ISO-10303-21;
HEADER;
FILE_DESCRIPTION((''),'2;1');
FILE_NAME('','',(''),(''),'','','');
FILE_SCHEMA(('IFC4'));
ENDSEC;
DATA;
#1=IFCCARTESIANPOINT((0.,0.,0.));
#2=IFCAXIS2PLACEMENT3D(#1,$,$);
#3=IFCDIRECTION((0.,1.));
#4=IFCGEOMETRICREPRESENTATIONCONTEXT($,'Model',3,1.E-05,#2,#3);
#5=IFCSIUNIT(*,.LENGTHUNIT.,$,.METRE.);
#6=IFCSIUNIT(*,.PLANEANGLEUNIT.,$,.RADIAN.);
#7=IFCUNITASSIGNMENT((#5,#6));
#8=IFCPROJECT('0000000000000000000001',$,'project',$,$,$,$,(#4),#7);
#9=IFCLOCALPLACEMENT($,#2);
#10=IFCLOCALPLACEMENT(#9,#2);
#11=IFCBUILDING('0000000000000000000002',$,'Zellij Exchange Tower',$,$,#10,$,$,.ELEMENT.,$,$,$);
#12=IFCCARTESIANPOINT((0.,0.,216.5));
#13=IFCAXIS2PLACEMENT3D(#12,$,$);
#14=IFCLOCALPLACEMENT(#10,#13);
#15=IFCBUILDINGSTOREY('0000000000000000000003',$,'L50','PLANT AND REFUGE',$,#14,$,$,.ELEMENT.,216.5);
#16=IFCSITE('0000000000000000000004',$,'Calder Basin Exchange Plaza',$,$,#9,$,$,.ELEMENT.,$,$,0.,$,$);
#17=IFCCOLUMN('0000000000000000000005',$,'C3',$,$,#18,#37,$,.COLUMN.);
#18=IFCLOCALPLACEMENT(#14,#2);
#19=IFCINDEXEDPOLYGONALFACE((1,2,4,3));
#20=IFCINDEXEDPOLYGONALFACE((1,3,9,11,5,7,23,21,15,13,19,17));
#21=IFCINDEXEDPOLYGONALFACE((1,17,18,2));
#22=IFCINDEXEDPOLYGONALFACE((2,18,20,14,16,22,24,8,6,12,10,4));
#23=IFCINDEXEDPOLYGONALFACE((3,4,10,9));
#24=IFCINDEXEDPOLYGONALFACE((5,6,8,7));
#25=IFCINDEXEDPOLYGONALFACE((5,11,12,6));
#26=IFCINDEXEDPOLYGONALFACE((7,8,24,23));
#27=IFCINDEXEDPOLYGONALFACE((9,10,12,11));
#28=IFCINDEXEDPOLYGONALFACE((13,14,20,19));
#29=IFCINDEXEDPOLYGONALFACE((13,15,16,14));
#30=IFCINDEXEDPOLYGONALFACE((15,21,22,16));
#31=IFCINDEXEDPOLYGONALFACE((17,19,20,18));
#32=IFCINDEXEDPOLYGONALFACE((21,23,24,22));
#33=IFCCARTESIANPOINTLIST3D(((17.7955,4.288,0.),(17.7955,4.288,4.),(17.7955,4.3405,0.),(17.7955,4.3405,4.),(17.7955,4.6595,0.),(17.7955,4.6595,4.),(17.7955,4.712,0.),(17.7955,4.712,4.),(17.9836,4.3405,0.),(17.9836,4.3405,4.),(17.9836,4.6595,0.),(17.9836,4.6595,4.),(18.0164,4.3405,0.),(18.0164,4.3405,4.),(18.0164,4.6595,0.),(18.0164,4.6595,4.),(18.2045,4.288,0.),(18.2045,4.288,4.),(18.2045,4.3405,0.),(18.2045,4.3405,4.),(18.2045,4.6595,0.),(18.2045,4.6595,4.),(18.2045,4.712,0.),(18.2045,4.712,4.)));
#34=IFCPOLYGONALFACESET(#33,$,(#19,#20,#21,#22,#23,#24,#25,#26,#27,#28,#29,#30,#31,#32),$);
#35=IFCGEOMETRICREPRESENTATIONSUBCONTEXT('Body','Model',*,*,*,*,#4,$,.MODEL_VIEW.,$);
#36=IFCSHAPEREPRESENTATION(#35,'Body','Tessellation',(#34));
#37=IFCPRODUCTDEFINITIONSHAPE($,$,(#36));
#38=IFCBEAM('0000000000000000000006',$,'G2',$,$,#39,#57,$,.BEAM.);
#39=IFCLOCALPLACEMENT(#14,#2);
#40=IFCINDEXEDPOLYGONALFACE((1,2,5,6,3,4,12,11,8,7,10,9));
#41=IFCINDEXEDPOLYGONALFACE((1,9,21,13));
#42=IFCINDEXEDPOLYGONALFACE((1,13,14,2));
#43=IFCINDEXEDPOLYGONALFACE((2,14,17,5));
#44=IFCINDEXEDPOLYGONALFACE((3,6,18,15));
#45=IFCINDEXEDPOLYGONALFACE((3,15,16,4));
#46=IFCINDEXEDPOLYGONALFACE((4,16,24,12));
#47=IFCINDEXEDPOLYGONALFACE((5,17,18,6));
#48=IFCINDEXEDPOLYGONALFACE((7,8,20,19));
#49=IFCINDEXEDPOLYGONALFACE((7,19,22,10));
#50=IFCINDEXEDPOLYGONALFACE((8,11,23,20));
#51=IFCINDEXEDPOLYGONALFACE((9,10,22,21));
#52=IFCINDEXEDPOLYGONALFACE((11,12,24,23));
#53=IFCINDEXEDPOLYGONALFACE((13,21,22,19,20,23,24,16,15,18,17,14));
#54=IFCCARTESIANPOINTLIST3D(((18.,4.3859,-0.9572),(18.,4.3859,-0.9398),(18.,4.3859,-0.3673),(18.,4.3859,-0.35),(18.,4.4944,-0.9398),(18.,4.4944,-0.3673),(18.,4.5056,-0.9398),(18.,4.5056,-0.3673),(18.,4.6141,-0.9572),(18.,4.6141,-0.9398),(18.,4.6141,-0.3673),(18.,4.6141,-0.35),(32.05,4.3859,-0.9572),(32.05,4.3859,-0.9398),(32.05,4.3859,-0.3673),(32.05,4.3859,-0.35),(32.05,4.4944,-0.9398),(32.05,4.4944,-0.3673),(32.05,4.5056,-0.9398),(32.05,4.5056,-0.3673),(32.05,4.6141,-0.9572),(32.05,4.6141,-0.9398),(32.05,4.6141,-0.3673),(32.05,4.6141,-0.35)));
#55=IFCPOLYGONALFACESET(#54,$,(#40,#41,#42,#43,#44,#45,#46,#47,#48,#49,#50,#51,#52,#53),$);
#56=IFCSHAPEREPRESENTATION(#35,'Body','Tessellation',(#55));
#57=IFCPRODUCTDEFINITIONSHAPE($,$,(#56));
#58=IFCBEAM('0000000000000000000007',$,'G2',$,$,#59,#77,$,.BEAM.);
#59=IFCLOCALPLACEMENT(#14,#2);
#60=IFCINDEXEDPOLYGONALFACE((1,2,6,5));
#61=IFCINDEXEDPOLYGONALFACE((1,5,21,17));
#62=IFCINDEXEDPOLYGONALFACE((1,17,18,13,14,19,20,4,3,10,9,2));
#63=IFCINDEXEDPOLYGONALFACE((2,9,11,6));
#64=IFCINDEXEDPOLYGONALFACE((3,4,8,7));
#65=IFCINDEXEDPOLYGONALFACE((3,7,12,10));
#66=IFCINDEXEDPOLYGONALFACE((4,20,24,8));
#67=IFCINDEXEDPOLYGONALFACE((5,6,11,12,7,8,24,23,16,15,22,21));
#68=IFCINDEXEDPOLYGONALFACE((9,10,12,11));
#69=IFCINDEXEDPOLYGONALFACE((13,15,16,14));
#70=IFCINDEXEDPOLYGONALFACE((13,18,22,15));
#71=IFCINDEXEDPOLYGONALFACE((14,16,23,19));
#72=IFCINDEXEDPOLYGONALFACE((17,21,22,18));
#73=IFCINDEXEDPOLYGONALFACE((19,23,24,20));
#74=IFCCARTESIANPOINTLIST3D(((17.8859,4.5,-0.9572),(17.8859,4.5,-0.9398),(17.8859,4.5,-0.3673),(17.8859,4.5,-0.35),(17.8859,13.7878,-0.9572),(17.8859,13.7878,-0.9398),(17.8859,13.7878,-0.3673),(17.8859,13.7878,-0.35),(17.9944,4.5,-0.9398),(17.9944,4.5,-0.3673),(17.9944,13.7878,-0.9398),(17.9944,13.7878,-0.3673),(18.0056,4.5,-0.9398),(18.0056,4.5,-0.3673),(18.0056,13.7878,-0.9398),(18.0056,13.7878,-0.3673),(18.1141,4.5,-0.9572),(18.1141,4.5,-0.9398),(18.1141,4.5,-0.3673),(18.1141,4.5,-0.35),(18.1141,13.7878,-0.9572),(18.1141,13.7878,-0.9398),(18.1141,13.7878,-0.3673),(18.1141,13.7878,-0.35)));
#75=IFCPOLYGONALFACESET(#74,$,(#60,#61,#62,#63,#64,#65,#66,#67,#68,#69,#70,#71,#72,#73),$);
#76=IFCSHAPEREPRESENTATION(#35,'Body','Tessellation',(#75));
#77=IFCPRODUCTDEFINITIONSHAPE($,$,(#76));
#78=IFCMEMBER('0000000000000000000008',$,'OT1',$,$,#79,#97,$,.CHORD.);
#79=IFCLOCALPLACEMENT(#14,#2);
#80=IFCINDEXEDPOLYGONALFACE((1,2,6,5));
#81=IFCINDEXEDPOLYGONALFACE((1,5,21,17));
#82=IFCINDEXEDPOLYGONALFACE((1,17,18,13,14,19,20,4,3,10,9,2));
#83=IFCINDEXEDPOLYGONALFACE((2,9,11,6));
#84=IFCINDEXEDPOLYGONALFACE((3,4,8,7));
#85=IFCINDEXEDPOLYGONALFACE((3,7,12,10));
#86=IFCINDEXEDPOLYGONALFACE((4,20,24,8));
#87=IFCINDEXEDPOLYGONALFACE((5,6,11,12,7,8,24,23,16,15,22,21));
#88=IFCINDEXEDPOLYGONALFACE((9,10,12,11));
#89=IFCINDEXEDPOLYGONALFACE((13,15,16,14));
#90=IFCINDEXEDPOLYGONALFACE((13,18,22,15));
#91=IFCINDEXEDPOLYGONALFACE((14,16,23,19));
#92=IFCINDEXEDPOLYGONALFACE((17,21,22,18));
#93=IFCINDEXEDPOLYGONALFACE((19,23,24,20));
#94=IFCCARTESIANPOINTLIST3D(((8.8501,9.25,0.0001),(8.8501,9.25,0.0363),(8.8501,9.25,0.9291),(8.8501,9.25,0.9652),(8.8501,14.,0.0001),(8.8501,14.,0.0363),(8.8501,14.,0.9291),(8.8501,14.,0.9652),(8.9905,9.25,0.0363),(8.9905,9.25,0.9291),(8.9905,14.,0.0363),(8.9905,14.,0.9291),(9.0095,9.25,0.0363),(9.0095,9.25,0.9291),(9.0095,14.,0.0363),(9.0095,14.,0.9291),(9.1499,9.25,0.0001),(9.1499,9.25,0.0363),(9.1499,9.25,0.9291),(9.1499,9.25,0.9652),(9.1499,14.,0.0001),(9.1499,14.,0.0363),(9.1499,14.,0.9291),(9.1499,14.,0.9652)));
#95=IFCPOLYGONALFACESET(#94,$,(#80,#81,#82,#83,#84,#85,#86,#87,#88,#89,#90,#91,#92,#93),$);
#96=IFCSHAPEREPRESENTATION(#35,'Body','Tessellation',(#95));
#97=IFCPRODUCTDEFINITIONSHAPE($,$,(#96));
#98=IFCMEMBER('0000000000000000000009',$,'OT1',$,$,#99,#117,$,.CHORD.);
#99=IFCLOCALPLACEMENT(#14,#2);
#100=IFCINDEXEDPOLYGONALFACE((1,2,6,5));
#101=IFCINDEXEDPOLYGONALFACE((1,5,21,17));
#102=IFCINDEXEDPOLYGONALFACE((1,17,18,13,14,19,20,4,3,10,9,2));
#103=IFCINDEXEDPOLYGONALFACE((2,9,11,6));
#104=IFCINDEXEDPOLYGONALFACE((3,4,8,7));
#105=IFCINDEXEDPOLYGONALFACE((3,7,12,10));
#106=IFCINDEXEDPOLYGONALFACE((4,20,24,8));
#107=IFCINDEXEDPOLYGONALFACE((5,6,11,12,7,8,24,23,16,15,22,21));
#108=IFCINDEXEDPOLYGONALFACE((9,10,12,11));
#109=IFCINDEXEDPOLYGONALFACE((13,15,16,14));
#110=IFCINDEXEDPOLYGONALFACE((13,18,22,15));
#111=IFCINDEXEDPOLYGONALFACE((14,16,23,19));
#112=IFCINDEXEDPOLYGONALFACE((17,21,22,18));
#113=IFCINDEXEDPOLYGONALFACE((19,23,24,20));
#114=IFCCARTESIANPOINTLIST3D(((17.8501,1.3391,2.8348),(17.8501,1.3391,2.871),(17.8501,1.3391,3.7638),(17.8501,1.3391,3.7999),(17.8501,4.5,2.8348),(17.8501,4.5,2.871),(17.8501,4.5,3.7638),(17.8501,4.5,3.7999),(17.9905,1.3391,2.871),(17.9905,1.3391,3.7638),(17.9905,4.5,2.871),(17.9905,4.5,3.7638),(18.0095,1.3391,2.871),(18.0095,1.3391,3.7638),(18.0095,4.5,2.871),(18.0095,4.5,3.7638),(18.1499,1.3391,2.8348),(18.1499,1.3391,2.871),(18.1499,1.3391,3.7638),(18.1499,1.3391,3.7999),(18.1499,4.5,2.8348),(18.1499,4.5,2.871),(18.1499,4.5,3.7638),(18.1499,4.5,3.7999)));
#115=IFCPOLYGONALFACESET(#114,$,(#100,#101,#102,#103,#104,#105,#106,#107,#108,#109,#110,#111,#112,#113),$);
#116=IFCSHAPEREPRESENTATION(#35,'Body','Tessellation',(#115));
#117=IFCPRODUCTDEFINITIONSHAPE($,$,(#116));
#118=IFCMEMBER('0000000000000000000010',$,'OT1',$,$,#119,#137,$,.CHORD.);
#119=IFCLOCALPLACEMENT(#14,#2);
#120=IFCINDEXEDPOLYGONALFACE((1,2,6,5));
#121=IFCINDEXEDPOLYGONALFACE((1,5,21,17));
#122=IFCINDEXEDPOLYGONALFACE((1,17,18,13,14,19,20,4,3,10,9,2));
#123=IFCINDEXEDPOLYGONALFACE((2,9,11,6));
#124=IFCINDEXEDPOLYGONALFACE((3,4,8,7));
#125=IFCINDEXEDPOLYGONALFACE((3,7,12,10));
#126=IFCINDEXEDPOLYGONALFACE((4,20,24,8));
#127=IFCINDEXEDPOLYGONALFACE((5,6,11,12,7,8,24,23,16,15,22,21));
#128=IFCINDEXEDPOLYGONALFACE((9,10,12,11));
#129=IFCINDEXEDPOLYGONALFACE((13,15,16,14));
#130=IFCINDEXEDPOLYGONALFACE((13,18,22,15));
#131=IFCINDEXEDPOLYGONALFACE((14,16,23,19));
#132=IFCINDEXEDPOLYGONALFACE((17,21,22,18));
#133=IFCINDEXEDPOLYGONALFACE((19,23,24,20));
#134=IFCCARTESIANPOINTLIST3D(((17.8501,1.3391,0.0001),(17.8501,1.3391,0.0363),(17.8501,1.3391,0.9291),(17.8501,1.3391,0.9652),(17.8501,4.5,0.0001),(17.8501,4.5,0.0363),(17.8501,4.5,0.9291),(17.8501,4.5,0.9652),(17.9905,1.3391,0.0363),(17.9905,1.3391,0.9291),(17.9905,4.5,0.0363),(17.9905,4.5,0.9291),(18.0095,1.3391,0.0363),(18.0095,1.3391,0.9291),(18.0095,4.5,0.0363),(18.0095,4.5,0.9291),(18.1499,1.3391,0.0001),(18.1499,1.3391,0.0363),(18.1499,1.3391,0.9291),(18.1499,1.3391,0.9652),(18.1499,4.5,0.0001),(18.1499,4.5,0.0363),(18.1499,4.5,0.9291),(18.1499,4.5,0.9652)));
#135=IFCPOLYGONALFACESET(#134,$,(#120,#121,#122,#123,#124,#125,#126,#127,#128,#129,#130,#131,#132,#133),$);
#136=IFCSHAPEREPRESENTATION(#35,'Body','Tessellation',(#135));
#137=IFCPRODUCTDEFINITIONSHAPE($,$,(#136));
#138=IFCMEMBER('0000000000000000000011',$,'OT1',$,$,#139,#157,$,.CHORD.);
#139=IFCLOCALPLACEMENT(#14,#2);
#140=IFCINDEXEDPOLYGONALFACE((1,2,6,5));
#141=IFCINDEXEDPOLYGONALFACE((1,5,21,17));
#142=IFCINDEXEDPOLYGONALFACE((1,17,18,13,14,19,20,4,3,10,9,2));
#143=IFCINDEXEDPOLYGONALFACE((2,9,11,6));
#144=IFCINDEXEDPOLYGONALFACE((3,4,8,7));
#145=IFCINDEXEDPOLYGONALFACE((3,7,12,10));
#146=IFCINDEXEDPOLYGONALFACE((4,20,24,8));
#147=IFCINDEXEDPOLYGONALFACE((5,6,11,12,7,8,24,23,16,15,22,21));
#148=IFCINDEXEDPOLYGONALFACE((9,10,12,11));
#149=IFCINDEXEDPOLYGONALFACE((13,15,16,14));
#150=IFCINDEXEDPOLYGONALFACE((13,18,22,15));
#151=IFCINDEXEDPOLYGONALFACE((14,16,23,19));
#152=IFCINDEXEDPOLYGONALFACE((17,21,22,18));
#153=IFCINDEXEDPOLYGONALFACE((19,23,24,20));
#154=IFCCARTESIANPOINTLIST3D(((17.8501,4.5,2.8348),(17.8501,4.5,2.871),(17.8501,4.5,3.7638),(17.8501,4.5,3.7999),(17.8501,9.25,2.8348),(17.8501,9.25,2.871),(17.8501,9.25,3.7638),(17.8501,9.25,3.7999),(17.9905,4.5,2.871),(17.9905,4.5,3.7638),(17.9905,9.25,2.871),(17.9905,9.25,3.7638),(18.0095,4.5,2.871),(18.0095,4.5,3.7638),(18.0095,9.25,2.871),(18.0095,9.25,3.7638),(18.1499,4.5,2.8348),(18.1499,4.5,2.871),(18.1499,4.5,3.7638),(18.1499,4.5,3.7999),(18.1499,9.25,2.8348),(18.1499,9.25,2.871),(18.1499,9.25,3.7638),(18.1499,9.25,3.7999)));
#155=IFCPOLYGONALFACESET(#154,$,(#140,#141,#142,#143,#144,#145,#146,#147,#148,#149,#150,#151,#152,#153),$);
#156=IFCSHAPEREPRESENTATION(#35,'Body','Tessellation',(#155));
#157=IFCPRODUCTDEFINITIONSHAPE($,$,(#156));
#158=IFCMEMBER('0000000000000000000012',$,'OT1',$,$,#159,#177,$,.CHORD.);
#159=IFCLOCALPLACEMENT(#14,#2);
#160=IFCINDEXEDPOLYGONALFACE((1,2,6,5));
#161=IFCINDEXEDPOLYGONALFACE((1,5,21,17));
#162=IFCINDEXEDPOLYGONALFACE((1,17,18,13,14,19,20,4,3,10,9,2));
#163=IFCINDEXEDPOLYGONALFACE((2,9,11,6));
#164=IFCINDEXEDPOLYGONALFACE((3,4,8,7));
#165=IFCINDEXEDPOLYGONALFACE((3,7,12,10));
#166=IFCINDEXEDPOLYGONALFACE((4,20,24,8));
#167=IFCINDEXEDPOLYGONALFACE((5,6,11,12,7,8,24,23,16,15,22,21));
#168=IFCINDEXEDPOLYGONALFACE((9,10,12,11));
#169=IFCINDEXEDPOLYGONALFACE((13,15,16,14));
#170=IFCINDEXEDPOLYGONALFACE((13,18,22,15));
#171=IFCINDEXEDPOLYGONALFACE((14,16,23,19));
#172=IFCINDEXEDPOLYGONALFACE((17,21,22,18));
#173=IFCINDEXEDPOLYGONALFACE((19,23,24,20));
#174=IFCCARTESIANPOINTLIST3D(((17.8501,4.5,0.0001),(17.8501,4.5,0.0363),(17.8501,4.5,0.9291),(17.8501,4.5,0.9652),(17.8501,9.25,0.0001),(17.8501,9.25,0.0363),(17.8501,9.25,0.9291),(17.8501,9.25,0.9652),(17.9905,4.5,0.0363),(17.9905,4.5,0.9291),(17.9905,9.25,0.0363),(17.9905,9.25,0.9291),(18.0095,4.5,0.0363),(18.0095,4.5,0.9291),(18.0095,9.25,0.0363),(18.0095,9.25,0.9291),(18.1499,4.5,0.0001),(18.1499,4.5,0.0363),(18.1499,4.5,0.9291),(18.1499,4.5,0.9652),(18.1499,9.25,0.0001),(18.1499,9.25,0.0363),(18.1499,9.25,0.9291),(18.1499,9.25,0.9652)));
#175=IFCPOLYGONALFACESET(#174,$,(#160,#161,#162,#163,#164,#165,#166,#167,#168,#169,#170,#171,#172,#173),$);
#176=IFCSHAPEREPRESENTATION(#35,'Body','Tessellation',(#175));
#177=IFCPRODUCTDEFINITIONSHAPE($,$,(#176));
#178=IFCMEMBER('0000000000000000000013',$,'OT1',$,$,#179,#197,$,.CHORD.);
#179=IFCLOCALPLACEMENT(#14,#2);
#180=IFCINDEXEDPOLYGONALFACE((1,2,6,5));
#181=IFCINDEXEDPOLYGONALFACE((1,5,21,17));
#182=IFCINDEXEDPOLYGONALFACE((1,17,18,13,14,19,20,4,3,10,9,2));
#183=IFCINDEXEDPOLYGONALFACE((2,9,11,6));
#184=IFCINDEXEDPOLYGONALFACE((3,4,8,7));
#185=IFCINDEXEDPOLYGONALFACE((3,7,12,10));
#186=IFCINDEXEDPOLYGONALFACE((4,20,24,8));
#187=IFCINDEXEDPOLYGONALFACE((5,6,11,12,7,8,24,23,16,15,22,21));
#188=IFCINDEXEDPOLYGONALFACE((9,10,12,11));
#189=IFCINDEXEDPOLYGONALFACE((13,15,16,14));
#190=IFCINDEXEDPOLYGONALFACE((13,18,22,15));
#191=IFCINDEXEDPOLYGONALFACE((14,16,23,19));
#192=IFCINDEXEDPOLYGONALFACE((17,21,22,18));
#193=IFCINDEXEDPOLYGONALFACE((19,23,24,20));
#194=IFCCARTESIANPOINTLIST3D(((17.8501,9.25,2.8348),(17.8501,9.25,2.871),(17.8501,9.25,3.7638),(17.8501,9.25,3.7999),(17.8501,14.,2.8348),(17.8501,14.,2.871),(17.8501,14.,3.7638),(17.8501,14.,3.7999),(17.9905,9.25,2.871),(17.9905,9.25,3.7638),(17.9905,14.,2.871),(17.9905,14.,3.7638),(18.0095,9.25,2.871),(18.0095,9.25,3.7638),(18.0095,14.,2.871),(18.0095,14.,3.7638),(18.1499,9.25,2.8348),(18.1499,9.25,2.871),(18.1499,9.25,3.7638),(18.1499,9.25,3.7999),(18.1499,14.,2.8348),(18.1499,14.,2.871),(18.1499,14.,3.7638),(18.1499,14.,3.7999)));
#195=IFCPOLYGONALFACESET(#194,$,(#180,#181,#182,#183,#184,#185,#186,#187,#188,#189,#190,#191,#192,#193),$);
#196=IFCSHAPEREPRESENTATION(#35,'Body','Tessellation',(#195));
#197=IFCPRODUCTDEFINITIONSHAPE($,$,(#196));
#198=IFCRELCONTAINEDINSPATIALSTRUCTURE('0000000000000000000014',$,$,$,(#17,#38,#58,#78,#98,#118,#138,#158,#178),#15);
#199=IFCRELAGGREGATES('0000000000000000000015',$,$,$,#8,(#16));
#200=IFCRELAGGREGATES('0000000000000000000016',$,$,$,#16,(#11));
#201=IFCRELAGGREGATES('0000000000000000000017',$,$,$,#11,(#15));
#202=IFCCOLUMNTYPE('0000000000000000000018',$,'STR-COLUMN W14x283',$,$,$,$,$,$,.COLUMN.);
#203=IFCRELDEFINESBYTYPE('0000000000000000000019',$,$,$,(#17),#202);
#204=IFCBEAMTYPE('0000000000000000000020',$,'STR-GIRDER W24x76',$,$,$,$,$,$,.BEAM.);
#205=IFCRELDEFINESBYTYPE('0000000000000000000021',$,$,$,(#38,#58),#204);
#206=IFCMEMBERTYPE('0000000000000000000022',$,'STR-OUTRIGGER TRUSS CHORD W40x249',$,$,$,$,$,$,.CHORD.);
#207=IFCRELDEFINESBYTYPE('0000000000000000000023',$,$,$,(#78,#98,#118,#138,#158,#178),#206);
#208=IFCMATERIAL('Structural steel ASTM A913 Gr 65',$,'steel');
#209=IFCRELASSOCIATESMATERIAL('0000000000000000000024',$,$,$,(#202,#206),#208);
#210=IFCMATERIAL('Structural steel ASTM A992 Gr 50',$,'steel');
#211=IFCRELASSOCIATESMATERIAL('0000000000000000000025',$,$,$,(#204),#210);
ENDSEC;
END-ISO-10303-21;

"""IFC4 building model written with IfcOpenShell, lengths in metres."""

from ifc_helpers import new_model, si_unit, direction, frame, origin, origin_2d, place, context, subcontext, project, spatial, i_section, extrude, material, material_profile, profile_set, type_object, element, save


model = new_model("IFC4")

# Units and contexts
model_context = context("Model", 3, precision=1e-05, world=origin(), true_north=direction((0.0, 1.0)))
body_context = subcontext(model_context, "Body", "Model", "MODEL_VIEW")
ifc_project = project(units=[si_unit("LENGTHUNIT", "METRE"), si_unit("PLANEANGLEUNIT", "RADIAN")], contexts=[model_context])

# Site, building, storey
site_placement = place(None, origin())
site = spatial("IfcSite", under=ifc_project, at=site_placement, Name="Calder Basin Exchange Plaza", CompositionType="ELEMENT", RefElevation=0.0)
building_placement = place(site_placement, origin())
building = spatial("IfcBuilding", under=site, at=building_placement, Name="Zellij Exchange Tower", CompositionType="ELEMENT")
storey_placement = place(building_placement, frame((0.0, 0.0, 216.5)))
storey = spatial("IfcBuildingStorey", under=building, at=storey_placement, Name="L50", Description="PLANT AND REFUGE", CompositionType="ELEMENT", Elevation=216.5)

# Column
ifc_material_1 = material(Name="Structural steel ASTM A913 Gr 65", Category="steel")
ifc_material_profile_1 = material_profile(ifc_material_1, i_section(OverallWidth=0.4089, OverallDepth=0.4241, WebThickness=0.0327, FlangeThickness=0.0525, at=origin_2d()), Name="W14x283")
ifc_profile_set_1 = profile_set([ifc_material_profile_1], Name="Structural steel ASTM A913 Gr 65")
column_type = type_object("IfcColumnType", Name="STR-COLUMN W14x283", PredefinedType="COLUMN", material=ifc_profile_set_1)
column_placement = place(storey_placement, frame((18.0, 4.5, 0.0), z_axis=(0.0, 0.0, 1.0), x_axis=(1.0, 0.0, 0.0)))
element("IfcColumn", 1, at=column_placement, inside=storey, type_object=column_type, Name="C3", PredefinedType="COLUMN", context=body_context, shape_type="SweptSolid", body=[
    extrude(i_section(OverallWidth=0.4089, OverallDepth=0.4241, WebThickness=0.0327, FlangeThickness=0.0525, at=origin_2d()), origin(), (0.0, 0.0, 1.0), 4.0),
])

# Beams
ifc_material_2 = material(Name="Structural steel ASTM A992 Gr 50", Category="steel")
ifc_material_profile_2 = material_profile(ifc_material_2, i_section(OverallWidth=0.2283, OverallDepth=0.6072, WebThickness=0.0112, FlangeThickness=0.0173, at=origin_2d()), Name="W24x76")
ifc_profile_set_2 = profile_set([ifc_material_profile_2], Name="Structural steel ASTM A992 Gr 50")
beam_type = type_object("IfcBeamType", Name="STR-GIRDER W24x76", PredefinedType="BEAM", material=ifc_profile_set_2)
beam_1_placement = place(storey_placement, frame((18.0, 4.5, -0.6536), z_axis=(1.0, 0.0, 0.0), x_axis=(0.0, 1.0, 0.0)))
element("IfcBeam", 2, at=beam_1_placement, inside=storey, type_object=beam_type, Name="G2", PredefinedType="BEAM", context=body_context, shape_type="SweptSolid", body=[
    extrude(i_section(OverallWidth=0.2283, OverallDepth=0.6072, WebThickness=0.0112, FlangeThickness=0.0173, at=origin_2d()), origin(), (0.0, 0.0, 1.0), 14.05),
])
beam_2_placement = place(storey_placement, frame((18.0, 4.5, -0.6536), z_axis=(0.0, 1.0, 0.0), x_axis=(-1.0, 0.0, 0.0)))
element("IfcBeam", 3, at=beam_2_placement, inside=storey, type_object=beam_type, Name="G2", PredefinedType="BEAM", context=body_context, shape_type="SweptSolid", body=[
    extrude(i_section(OverallWidth=0.2283, OverallDepth=0.6072, WebThickness=0.0112, FlangeThickness=0.0173, at=origin_2d()), origin(), (0.0, 0.0, 1.0), 9.2878),
])

# Members
ifc_material_profile_3 = material_profile(ifc_material_1, i_section(OverallWidth=0.2998, OverallDepth=0.9651, WebThickness=0.019, FlangeThickness=0.0361, at=origin_2d()), Name="W40x249")
ifc_profile_set_3 = profile_set([ifc_material_profile_3], Name="Structural steel ASTM A913 Gr 65")
member_type_1 = type_object("IfcMemberType", Name="STR-OUTRIGGER TRUSS CHORD W40x249", PredefinedType="CHORD", material=ifc_profile_set_3)
member_1_placement = place(storey_placement, frame((9.0, 9.25, 0.4827), z_axis=(0.0, 1.0, 0.0), x_axis=(-1.0, 0.0, 0.0)))
element("IfcMember", 4, at=member_1_placement, inside=storey, type_object=member_type_1, Name="OT1", PredefinedType="CHORD", context=body_context, shape_type="SweptSolid", body=[
    extrude(i_section(OverallWidth=0.2998, OverallDepth=0.9651, WebThickness=0.019, FlangeThickness=0.0361, at=origin_2d()), origin(), (0.0, 0.0, 1.0), 4.75),
])
for number, where, z_axis, x_axis, name in (
    (5, (18.0, 1.3391, 3.3174), (0.0, 1.0, 0.0), (-1.0, 0.0, 0.0), "OT1"),
    (6, (18.0, 1.3391, 0.4827), (0.0, 1.0, 0.0), (-1.0, 0.0, 0.0), "OT1"),
):
    element("IfcMember", number, at=place(storey_placement, frame(where, z_axis=z_axis, x_axis=x_axis)), inside=storey, type_object=member_type_1, Name=name, PredefinedType="CHORD", context=body_context, shape_type="SweptSolid", body=[
        extrude(i_section(OverallWidth=0.2998, OverallDepth=0.9651, WebThickness=0.019, FlangeThickness=0.0361, at=origin_2d()), origin(), (0.0, 0.0, 1.0), 3.1609),
    ])
for number, where, z_axis, x_axis, name in (
    (7, (18.0, 4.5, 3.3174), (0.0, 1.0, 0.0), (-1.0, 0.0, 0.0), "OT1"),
    (8, (18.0, 4.5, 0.4827), (0.0, 1.0, 0.0), (-1.0, 0.0, 0.0), "OT1"),
    (9, (18.0, 9.25, 3.3174), (0.0, 1.0, 0.0), (-1.0, 0.0, 0.0), "OT1"),
):
    element("IfcMember", number, at=place(storey_placement, frame(where, z_axis=z_axis, x_axis=x_axis)), inside=storey, type_object=member_type_1, Name=name, PredefinedType="CHORD", context=body_context, shape_type="SweptSolid", body=[
        extrude(i_section(OverallWidth=0.2998, OverallDepth=0.9651, WebThickness=0.019, FlangeThickness=0.0361, at=origin_2d()), origin(), (0.0, 0.0, 1.0), 4.75),
    ])

save(model, "model.ifc")
